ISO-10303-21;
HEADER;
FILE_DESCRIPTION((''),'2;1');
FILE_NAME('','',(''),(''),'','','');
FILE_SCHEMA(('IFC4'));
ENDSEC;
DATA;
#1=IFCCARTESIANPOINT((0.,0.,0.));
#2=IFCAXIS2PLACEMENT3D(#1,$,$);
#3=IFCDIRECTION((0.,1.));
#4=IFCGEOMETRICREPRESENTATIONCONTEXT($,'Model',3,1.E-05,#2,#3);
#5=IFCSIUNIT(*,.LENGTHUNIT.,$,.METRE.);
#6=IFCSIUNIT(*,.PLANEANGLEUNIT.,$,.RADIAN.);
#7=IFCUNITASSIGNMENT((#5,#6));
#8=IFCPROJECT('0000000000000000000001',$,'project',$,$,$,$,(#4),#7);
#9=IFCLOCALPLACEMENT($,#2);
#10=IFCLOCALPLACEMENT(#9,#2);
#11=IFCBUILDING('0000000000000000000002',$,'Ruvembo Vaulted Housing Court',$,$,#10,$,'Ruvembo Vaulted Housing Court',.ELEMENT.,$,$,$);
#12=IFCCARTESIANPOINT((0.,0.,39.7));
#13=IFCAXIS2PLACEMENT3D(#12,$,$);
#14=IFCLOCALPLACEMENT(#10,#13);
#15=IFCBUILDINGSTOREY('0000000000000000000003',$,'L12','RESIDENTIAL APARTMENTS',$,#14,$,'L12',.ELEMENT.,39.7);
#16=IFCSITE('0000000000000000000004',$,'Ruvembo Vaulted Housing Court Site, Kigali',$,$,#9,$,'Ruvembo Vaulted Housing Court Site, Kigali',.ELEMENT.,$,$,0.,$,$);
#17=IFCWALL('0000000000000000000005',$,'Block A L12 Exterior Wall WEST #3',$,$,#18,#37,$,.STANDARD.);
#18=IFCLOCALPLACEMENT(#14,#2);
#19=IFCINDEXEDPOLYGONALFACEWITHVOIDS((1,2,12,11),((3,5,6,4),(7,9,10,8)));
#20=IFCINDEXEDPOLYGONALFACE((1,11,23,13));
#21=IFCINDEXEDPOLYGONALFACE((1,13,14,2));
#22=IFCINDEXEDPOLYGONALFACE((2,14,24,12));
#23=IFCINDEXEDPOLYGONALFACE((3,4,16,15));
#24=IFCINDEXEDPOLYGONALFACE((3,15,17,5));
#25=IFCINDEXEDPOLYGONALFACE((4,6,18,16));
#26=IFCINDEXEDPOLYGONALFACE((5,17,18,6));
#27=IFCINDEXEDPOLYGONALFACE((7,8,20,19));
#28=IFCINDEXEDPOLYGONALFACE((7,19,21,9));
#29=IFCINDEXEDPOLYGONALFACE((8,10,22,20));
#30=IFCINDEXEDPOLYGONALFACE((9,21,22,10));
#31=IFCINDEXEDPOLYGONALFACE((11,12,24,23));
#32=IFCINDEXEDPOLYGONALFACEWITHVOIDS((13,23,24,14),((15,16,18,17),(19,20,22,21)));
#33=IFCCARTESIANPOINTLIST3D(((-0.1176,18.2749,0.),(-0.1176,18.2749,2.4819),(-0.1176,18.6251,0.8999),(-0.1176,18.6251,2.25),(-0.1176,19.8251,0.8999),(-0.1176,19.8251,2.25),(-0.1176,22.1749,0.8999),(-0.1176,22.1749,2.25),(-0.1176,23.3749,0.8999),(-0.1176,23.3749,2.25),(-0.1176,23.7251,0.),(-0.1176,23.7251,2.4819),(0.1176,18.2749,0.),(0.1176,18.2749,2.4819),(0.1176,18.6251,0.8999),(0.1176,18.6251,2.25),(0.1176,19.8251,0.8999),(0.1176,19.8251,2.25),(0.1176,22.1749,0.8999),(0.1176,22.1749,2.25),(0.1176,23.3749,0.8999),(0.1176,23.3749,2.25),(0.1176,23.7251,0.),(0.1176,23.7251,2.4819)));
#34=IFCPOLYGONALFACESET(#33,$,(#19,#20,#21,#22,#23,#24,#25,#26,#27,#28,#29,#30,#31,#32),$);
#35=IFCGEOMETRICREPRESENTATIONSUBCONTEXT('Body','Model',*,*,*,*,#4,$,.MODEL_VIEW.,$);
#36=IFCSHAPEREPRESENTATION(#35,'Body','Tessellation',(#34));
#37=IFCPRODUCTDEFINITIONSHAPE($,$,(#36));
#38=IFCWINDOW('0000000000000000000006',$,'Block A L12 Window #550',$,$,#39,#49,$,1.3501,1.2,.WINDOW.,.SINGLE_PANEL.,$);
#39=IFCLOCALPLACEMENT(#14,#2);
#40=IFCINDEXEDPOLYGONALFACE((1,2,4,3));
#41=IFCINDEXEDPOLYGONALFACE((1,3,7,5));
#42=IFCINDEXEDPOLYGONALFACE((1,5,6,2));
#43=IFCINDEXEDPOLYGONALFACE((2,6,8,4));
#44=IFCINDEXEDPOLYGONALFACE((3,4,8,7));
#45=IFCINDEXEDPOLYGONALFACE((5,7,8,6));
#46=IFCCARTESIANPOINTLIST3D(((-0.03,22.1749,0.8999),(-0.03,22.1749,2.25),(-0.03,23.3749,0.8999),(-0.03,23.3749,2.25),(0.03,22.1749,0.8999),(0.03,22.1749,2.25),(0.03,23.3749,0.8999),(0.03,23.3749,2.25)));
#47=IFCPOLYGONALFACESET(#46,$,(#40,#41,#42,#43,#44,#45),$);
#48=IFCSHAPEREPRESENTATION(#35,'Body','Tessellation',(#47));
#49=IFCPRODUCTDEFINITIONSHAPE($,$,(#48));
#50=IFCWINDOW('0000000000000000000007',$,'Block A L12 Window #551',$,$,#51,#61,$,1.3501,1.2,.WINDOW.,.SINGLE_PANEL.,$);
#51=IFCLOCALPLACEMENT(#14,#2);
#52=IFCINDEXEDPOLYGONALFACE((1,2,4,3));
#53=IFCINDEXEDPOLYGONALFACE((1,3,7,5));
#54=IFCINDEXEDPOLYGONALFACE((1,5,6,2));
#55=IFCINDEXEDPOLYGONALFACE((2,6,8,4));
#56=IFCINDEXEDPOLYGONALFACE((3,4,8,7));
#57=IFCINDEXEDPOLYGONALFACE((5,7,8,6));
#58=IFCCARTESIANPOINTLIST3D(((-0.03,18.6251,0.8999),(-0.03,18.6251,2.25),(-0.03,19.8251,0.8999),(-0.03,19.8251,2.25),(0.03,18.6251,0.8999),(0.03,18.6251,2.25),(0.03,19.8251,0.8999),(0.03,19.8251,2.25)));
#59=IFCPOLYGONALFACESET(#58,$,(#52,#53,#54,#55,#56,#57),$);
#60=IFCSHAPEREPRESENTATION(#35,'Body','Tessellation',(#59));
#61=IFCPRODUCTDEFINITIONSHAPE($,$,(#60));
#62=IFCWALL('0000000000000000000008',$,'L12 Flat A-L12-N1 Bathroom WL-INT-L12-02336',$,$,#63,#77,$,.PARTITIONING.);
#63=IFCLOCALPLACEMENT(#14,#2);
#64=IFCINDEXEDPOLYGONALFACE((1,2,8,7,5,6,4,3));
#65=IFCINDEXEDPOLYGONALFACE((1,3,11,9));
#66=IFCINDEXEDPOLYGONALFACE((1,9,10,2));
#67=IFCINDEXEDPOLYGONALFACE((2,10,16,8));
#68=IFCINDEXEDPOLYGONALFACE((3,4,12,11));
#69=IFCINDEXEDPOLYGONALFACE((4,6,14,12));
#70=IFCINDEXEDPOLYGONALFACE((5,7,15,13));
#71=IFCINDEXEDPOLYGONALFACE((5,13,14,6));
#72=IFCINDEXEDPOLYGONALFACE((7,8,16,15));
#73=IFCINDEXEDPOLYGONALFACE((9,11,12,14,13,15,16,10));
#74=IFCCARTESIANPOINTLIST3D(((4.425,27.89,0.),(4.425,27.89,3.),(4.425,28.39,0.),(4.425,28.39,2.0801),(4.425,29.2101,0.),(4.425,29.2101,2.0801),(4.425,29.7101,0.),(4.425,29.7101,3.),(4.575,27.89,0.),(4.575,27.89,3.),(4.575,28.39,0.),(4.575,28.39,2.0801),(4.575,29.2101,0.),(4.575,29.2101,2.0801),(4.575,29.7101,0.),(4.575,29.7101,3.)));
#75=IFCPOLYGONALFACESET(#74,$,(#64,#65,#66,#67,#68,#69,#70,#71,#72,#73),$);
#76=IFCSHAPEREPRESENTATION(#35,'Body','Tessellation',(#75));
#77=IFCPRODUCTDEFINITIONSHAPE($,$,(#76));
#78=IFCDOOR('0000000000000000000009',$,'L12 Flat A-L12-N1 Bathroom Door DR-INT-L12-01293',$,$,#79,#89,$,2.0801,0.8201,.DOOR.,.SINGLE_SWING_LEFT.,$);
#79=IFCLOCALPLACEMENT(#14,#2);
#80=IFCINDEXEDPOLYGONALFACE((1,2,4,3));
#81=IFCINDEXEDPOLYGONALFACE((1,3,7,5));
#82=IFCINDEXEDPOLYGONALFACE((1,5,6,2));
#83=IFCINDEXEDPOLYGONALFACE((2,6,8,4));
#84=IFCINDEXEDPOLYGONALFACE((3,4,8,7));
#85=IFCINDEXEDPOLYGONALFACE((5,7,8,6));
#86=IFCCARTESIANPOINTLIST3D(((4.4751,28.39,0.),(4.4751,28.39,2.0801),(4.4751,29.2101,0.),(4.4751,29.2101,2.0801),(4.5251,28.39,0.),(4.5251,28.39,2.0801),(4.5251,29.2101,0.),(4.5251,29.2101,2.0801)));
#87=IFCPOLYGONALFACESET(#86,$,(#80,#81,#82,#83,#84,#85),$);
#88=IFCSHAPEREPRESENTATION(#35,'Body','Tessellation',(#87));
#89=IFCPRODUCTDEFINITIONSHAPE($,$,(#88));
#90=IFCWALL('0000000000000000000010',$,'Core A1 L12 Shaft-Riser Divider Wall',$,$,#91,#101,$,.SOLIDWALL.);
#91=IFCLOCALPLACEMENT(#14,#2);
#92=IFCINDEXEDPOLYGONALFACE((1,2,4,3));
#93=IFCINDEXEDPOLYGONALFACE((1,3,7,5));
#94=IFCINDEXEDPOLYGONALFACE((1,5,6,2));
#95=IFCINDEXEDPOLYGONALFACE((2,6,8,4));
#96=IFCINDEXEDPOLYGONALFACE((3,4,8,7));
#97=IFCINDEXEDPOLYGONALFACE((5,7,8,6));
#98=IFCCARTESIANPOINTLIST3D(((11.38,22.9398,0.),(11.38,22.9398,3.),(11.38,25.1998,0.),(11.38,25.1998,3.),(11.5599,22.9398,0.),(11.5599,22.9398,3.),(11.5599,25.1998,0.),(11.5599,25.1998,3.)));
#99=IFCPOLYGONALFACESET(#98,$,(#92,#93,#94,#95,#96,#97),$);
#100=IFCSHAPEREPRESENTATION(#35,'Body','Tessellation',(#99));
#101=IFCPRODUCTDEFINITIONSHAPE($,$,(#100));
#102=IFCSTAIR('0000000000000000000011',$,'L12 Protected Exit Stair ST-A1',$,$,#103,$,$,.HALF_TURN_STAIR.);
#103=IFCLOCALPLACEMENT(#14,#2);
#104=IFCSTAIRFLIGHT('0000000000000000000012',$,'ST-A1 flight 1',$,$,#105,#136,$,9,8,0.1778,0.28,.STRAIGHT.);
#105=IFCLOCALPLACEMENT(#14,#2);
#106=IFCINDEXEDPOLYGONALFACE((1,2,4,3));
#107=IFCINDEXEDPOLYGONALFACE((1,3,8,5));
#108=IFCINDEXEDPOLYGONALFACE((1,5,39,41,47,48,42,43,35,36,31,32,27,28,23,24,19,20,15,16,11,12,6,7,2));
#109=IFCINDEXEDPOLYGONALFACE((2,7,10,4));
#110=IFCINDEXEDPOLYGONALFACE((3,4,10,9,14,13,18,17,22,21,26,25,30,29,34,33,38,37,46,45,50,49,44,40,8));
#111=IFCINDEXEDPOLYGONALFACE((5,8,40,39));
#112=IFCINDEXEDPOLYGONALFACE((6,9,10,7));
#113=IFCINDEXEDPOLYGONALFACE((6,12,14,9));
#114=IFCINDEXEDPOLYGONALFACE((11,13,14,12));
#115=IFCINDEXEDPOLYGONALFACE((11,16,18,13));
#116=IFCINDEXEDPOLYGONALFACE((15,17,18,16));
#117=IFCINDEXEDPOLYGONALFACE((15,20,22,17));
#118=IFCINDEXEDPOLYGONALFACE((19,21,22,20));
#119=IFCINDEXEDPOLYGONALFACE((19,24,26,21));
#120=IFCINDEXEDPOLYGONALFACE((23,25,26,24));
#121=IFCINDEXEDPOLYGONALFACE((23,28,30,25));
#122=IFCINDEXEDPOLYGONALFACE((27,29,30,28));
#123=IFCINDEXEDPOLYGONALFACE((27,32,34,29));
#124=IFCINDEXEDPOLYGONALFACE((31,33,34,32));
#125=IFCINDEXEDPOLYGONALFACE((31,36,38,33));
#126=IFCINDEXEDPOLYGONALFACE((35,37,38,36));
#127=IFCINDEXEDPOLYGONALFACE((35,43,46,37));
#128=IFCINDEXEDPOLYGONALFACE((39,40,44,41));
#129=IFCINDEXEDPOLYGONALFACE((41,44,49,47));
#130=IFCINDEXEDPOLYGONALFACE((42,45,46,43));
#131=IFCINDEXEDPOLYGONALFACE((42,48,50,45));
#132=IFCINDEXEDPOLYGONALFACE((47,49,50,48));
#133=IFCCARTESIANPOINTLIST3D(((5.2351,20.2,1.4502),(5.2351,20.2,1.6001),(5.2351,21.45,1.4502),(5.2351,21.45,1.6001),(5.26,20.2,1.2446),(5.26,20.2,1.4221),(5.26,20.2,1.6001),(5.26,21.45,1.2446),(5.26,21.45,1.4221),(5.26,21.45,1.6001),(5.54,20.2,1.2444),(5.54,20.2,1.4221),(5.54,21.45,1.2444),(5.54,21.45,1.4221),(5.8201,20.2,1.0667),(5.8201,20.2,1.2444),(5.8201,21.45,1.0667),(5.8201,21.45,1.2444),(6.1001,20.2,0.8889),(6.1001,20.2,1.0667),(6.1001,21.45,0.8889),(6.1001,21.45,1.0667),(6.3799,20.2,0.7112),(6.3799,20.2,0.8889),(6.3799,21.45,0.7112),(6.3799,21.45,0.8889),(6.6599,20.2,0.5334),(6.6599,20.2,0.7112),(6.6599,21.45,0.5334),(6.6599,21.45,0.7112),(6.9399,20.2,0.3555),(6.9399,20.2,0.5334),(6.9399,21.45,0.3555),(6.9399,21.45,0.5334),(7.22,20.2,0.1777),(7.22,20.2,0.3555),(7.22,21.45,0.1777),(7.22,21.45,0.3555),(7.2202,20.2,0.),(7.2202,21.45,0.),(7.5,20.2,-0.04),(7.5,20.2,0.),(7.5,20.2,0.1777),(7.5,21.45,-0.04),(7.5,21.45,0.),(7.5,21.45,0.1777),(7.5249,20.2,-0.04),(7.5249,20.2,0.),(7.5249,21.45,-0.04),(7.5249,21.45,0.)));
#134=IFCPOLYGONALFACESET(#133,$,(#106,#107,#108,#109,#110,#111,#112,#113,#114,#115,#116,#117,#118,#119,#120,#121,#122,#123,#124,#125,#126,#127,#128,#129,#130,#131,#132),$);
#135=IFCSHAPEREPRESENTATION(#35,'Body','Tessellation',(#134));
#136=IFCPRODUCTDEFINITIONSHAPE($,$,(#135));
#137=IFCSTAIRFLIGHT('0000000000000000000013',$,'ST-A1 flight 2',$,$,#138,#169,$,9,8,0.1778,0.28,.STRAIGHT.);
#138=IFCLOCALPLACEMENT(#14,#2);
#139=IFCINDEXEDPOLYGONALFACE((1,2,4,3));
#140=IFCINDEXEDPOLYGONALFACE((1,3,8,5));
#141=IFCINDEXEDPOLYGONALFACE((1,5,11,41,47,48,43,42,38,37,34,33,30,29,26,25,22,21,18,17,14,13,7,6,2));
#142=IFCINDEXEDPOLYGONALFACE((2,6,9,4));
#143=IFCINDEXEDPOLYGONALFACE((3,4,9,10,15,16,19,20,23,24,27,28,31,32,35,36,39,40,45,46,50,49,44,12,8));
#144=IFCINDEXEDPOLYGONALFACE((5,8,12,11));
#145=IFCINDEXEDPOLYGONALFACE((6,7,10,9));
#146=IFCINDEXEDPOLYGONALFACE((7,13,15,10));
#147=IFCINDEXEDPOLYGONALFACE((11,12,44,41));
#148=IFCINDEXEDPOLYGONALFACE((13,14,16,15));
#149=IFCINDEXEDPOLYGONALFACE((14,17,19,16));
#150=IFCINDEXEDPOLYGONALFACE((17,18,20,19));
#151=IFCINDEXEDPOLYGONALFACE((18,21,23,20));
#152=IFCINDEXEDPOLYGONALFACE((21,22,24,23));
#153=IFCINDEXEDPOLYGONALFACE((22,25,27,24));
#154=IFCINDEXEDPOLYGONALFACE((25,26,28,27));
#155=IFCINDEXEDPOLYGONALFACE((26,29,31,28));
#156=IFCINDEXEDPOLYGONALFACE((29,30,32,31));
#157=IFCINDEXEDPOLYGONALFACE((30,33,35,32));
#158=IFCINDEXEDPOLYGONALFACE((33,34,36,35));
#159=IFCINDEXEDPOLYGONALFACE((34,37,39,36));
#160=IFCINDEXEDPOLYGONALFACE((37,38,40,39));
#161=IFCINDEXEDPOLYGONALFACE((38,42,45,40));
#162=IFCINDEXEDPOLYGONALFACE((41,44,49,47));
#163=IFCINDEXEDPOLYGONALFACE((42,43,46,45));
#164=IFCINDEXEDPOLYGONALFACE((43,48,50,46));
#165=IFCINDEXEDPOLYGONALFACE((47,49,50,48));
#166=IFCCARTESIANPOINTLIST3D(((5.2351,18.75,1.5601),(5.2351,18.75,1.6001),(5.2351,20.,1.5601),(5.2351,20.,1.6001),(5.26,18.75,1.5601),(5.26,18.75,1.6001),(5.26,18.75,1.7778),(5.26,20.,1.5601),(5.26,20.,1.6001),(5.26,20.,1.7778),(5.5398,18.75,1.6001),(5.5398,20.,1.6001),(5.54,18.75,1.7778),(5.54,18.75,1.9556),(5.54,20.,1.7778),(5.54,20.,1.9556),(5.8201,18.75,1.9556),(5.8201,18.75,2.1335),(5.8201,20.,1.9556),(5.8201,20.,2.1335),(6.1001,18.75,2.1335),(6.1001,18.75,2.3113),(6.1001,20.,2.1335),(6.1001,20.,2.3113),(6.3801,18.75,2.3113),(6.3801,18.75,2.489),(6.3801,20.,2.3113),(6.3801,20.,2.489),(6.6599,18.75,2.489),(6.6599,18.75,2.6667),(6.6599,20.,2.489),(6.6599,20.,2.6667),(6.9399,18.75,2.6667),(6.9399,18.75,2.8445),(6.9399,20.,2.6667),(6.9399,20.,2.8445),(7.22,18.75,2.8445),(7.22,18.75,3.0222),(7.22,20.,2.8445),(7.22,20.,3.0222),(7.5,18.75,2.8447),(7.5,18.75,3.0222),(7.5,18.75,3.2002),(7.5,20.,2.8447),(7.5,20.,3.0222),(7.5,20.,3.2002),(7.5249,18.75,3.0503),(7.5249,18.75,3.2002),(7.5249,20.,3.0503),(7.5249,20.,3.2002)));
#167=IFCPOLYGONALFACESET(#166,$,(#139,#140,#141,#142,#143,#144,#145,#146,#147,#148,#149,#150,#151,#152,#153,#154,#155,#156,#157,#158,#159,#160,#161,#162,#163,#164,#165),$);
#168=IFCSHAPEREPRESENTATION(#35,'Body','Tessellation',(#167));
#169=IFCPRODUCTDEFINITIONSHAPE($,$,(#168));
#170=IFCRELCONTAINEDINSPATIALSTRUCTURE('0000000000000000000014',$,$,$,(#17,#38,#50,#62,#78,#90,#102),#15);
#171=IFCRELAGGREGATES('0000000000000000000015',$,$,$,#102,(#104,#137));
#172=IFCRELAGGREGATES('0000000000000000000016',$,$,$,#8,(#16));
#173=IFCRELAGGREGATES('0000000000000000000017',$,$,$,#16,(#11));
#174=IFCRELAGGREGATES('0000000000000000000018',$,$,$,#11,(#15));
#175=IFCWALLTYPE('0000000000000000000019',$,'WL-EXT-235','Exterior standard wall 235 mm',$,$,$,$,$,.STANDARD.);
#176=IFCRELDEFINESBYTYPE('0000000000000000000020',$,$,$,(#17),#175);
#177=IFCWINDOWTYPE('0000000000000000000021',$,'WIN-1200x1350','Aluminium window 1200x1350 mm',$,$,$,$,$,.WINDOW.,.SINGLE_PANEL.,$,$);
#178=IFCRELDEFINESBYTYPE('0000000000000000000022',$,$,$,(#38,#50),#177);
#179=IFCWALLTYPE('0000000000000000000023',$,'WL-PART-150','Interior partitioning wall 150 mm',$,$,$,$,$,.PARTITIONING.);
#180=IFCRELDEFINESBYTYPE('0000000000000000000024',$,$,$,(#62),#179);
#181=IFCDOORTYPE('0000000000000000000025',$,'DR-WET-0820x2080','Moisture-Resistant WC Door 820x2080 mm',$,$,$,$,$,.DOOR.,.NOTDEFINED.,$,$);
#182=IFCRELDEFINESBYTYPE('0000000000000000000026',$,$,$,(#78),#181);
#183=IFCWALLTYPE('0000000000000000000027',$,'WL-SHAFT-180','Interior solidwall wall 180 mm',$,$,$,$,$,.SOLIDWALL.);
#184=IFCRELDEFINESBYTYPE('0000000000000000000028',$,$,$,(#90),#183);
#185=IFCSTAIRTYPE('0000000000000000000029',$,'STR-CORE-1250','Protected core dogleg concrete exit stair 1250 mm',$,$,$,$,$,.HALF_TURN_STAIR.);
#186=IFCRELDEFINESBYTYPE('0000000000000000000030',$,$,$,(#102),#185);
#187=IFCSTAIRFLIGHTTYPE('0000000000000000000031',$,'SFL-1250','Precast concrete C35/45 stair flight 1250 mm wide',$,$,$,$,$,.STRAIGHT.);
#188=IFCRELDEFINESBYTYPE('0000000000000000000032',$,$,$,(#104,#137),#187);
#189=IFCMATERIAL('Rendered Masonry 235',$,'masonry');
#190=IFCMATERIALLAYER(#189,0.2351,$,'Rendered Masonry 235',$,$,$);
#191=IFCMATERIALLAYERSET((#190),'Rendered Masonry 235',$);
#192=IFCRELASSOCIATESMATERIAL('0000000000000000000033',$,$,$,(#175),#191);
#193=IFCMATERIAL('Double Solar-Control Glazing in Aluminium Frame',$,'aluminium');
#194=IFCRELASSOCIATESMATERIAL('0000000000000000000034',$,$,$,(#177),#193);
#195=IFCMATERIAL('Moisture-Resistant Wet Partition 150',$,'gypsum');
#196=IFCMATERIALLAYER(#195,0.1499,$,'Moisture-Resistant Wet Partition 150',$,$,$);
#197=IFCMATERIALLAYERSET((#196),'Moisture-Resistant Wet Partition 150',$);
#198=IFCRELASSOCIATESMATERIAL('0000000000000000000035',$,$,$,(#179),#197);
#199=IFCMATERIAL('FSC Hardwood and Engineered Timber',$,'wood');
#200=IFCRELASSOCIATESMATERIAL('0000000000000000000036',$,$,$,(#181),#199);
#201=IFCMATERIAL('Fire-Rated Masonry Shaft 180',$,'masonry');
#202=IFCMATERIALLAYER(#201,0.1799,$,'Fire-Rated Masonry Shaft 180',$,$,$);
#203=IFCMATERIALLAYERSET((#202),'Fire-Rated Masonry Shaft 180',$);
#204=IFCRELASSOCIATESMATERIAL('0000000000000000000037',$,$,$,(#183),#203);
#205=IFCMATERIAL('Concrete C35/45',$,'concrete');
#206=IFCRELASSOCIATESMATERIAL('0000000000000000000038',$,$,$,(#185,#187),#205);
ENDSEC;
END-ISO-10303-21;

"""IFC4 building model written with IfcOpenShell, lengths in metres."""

from ifc_helpers import new_model, si_unit, direction, frame, frame_2d, origin, place, context, subcontext, project, spatial, polyline, rectangle, outline, extrude, material, layer, layer_set, type_object, element, fill, aggregate, save


model = new_model("IFC4")

# Units and contexts
model_context = context("Model", 3, precision=1e-05, world=origin(), true_north=direction((0.0, 1.0)))
body_context = subcontext(model_context, "Body", "Model", "MODEL_VIEW")
ifc_project = project(units=[si_unit("LENGTHUNIT", "METRE"), si_unit("PLANEANGLEUNIT", "RADIAN")], contexts=[model_context])

# Site, building, storey
site_placement = place(None, origin())
site = spatial("IfcSite", under=ifc_project, at=site_placement, Name="Ruvembo Vaulted Housing Court Site, Kigali", LongName="Ruvembo Vaulted Housing Court Site, Kigali", CompositionType="ELEMENT", RefElevation=0.0)
building_placement = place(site_placement, origin())
building = spatial("IfcBuilding", under=site, at=building_placement, Name="Ruvembo Vaulted Housing Court", LongName="Ruvembo Vaulted Housing Court", CompositionType="ELEMENT")
storey_placement = place(building_placement, frame((0.0, 0.0, 39.7)))
storey = spatial("IfcBuildingStorey", under=building, at=storey_placement, Name="L12", Description="RESIDENTIAL APARTMENTS", LongName="L12", CompositionType="ELEMENT", Elevation=39.7)

# Shared definitions
ifc_material_1 = material(Name="Concrete C35/45", Category="concrete")

# Shared definitions
ifc_material_2 = material(Name="FSC Hardwood and Engineered Timber", Category="wood")

# Wall, openings, windows
ifc_material_3 = material(Name="Rendered Masonry 235", Category="masonry")
ifc_layer_1 = layer(ifc_material_3, 0.2351, Name="Rendered Masonry 235")
ifc_layer_set_1 = layer_set([ifc_layer_1], Name="Rendered Masonry 235")
wall_type_1 = type_object("IfcWallType", Name="WL-EXT-235", Description="Exterior standard wall 235 mm", PredefinedType="STANDARD", material=ifc_layer_set_1)
wall_1_placement = place(storey_placement, frame((0.0, 23.7251, 0.0), z_axis=(0.0, 0.0, 1.0), x_axis=(0.0, -1.0, 0.0)))
wall_1 = element("IfcWall", 1, at=wall_1_placement, inside=storey, type_object=wall_type_1, Name="Block A L12 Exterior Wall WEST #3", PredefinedType="STANDARD", context=body_context, shape_type="SweptSolid", body=[
    extrude(rectangle(XDim=5.4502, YDim=0.2351, at=frame_2d((2.7251, 0.0))), origin(), (0.0, 0.0, 1.0), 2.4819),
])
opening_1_placement = place(wall_1_placement, frame((0.3501, 0.0, 0.8999)))
opening_1 = element("IfcOpeningElement", 2, at=opening_1_placement, cuts=wall_1, PredefinedType="OPENING", context=body_context, shape_type="SweptSolid", body=[
    extrude(rectangle(XDim=1.2, YDim=1.3501, at=frame_2d((0.6001, 0.675))), frame((0.0, 0.1274, 0.0), z_axis=(0.0, -1.0, 0.0), x_axis=(1.0, 0.0, 0.0)), (0.0, 0.0, 1.0), 0.2551),
])
opening_2_placement = place(wall_1_placement, frame((3.8999, 0.0, 0.8999)))
opening_2 = element("IfcOpeningElement", 3, at=opening_2_placement, cuts=wall_1, PredefinedType="OPENING", context=body_context, shape_type="SweptSolid", body=[
    extrude(rectangle(XDim=1.2, YDim=1.3501, at=frame_2d((0.6001, 0.675))), frame((0.0, 0.1274, 0.0), z_axis=(0.0, -1.0, 0.0), x_axis=(1.0, 0.0, 0.0)), (0.0, 0.0, 1.0), 0.2551),
])
ifc_material_4 = material(Name="Double Solar-Control Glazing in Aluminium Frame", Category="aluminium")
window_type = type_object("IfcWindowType", Name="WIN-1200x1350", Description="Aluminium window 1200x1350 mm", PartitioningType="SINGLE_PANEL", PredefinedType="WINDOW", material=ifc_material_4)
window_1_placement = place(opening_1_placement, origin())
window_1 = element("IfcWindow", 4, at=window_1_placement, inside=storey, type_object=window_type, Name="Block A L12 Window #550", OverallHeight=1.3501, OverallWidth=1.2, PartitioningType="SINGLE_PANEL", PredefinedType="WINDOW", context=body_context, shape_type="SweptSolid", body=[
    extrude(rectangle(XDim=1.2, YDim=1.3501, at=frame_2d((0.6001, 0.675))), frame((0.0, 0.03, 0.0), z_axis=(0.0, -1.0, 0.0), x_axis=(1.0, 0.0, 0.0)), (0.0, 0.0, 1.0), 0.0601),
])
fill(opening_1, window_1)
window_2_placement = place(opening_2_placement, origin())
window_2 = element("IfcWindow", 5, at=window_2_placement, inside=storey, type_object=window_type, Name="Block A L12 Window #551", OverallHeight=1.3501, OverallWidth=1.2, PartitioningType="SINGLE_PANEL", PredefinedType="WINDOW", context=body_context, shape_type="SweptSolid", body=[
    extrude(rectangle(XDim=1.2, YDim=1.3501, at=frame_2d((0.6001, 0.675))), frame((0.0, 0.03, 0.0), z_axis=(0.0, -1.0, 0.0), x_axis=(1.0, 0.0, 0.0)), (0.0, 0.0, 1.0), 0.0601),
])
fill(opening_2, window_2)

# Wall, opening, door
ifc_material_5 = material(Name="Moisture-Resistant Wet Partition 150", Category="gypsum")
ifc_layer_2 = layer(ifc_material_5, 0.1499, Name="Moisture-Resistant Wet Partition 150")
ifc_layer_set_2 = layer_set([ifc_layer_2], Name="Moisture-Resistant Wet Partition 150")
wall_type_2 = type_object("IfcWallType", Name="WL-PART-150", Description="Interior partitioning wall 150 mm", PredefinedType="PARTITIONING", material=ifc_layer_set_2)
wall_2_placement = place(storey_placement, frame((4.5, 27.8899, 0.0), z_axis=(0.0, 0.0, 1.0), x_axis=(0.0, 1.0, 0.0)))
wall_2 = element("IfcWall", 6, at=wall_2_placement, inside=storey, type_object=wall_type_2, Name="L12 Flat A-L12-N1 Bathroom WL-INT-L12-02336", PredefinedType="PARTITIONING", context=body_context, shape_type="SweptSolid", body=[
    extrude(rectangle(XDim=1.8201, YDim=0.1499, at=frame_2d((0.9102, 0.0))), origin(), (0.0, 0.0, 1.0), 3.0),
])
opening_3_placement = place(wall_2_placement, frame((0.5, 0.0, 0.0)))
opening_3 = element("IfcOpeningElement", 7, at=opening_3_placement, cuts=wall_2, PredefinedType="OPENING", context=body_context, shape_type="SweptSolid", body=[
    extrude(rectangle(XDim=0.8201, YDim=2.0801, at=frame_2d((0.4102, 1.04))), frame((0.0, 0.085, 0.0), z_axis=(0.0, -1.0, 0.0), x_axis=(1.0, 0.0, 0.0)), (0.0, 0.0, 1.0), 0.1699),
])
door_type_1 = type_object("IfcDoorType", Name="DR-WET-0820x2080", Description="Moisture-Resistant WC Door 820x2080 mm", OperationType="NOTDEFINED", PredefinedType="DOOR", material=ifc_material_2)
door_1_placement = place(opening_3_placement, origin())
door_1 = element("IfcDoor", 8, at=door_1_placement, inside=storey, type_object=door_type_1, Name="L12 Flat A-L12-N1 Bathroom Door DR-INT-L12-01293", OperationType="SINGLE_SWING_LEFT", OverallHeight=2.0801, OverallWidth=0.8201, PredefinedType="DOOR", context=body_context, shape_type="SweptSolid", body=[
    extrude(rectangle(XDim=0.8201, YDim=2.0801, at=frame_2d((0.4102, 1.04))), frame((0.0, 0.0249, 0.0), z_axis=(0.0, -1.0, 0.0), x_axis=(1.0, 0.0, 0.0)), (0.0, 0.0, 1.0), 0.05),
])
fill(opening_3, door_1)

# Shared definitions
ifc_material_6 = material(Name="Fire-Rated Masonry Shaft 180", Category="masonry")
ifc_layer_3 = layer(ifc_material_6, 0.1799, Name="Fire-Rated Masonry Shaft 180")
ifc_layer_set_3 = layer_set([ifc_layer_3], Name="Fire-Rated Masonry Shaft 180")
wall_type_3 = type_object("IfcWallType", Name="WL-SHAFT-180", Description="Interior solidwall wall 180 mm", PredefinedType="SOLIDWALL", material=ifc_layer_set_3)

# Wall
wall_3_placement = place(storey_placement, frame((11.47, 22.9399, 0.0), z_axis=(0.0, 0.0, 1.0), x_axis=(0.0, 1.0, 0.0)))
element("IfcWall", 9, at=wall_3_placement, inside=storey, type_object=wall_type_3, Name="Core A1 L12 Shaft-Riser Divider Wall", PredefinedType="SOLIDWALL", context=body_context, shape_type="SweptSolid", body=[
    extrude(rectangle(XDim=2.26, YDim=0.1799, at=frame_2d((1.1299, 0.0))), origin(), (0.0, 0.0, 1.0), 3.0),
])

# Stair, stair flights
stair_type = type_object("IfcStairType", Name="STR-CORE-1250", Description="Protected core dogleg concrete exit stair 1250 mm", PredefinedType="HALF_TURN_STAIR", material=ifc_material_1)
stair_placement = place(storey_placement, origin())
stair = element("IfcStair", 10, at=stair_placement, inside=storey, type_object=stair_type, Name="L12 Protected Exit Stair ST-A1", PredefinedType="HALF_TURN_STAIR")
stair_flight_type = type_object("IfcStairFlightType", Name="SFL-1250", Description="Precast concrete C35/45 stair flight 1250 mm wide", PredefinedType="STRAIGHT", material=ifc_material_1)
stair_flight_1_placement = place(storey_placement, frame((7.5, 20.825, 0.0), z_axis=(0.0, 0.0, 1.0), x_axis=(-1.0, 0.0, 0.0)))
stair_flight_1 = element("IfcStairFlight", 11, at=stair_flight_1_placement, type_object=stair_flight_type, Name="ST-A1 flight 1", NumberOfRisers=9, NumberOfTreads=8, PredefinedType="STRAIGHT", RiserHeight=0.1778, TreadLength=0.28, context=body_context, shape_type="SweptSolid", body=[
    extrude(outline(polyline([(-0.0249, -0.04), (-0.0249, 0.0), (0.0, 0.0), (0.0, 0.1777), (0.28, 0.1777), (0.28, 0.3555), (0.5601, 0.3555), (0.5601, 0.5334), (0.8401, 0.5334), (0.8401, 0.7112), (1.1201, 0.7112), (1.1201, 0.8889), (1.3999, 0.8889), (1.3999, 1.0667), (1.6799, 1.0667), (1.6799, 1.2444), (1.96, 1.2444), (1.96, 1.4221), (2.24, 1.4221), (2.24, 1.6001), (2.2649, 1.6001), (2.2649, 1.4502), (2.24, 1.2446), (0.2798, 0.0), (0.0, -0.04), (-0.0249, -0.04)])), frame((0.0, 0.625, 0.0), z_axis=(0.0, -1.0, 0.0), x_axis=(1.0, 0.0, 0.0)), (0.0, 0.0, 1.0), 1.25),
])
stair_flight_2_placement = place(storey_placement, frame((5.26, 19.375, 1.6001), z_axis=(0.0, 0.0, 1.0), x_axis=(1.0, 0.0, 0.0)))
stair_flight_2 = element("IfcStairFlight", 12, at=stair_flight_2_placement, type_object=stair_flight_type, Name="ST-A1 flight 2", NumberOfRisers=9, NumberOfTreads=8, PredefinedType="STRAIGHT", RiserHeight=0.1778, TreadLength=0.28, context=body_context, shape_type="SweptSolid", body=[
    extrude(outline(polyline([(-0.0249, -0.04), (-0.0249, 0.0), (0.0, 0.0), (0.0, 0.1777), (0.28, 0.1777), (0.28, 0.3555), (0.5601, 0.3555), (0.5601, 0.5334), (0.8401, 0.5334), (0.8401, 0.7112), (1.1201, 0.7112), (1.1201, 0.8889), (1.3999, 0.8889), (1.3999, 1.0667), (1.6799, 1.0667), (1.6799, 1.2444), (1.96, 1.2444), (1.96, 1.4221), (2.24, 1.4221), (2.24, 1.6001), (2.2649, 1.6001), (2.2649, 1.4502), (2.24, 1.2446), (0.2798, 0.0), (0.0, -0.04), (-0.0249, -0.04)])), frame((0.0, 0.625, 0.0), z_axis=(0.0, -1.0, 0.0), x_axis=(1.0, 0.0, 0.0)), (0.0, 0.0, 1.0), 1.25),
])
aggregate(stair, [stair_flight_1, stair_flight_2])

save(model, "model.ifc")
